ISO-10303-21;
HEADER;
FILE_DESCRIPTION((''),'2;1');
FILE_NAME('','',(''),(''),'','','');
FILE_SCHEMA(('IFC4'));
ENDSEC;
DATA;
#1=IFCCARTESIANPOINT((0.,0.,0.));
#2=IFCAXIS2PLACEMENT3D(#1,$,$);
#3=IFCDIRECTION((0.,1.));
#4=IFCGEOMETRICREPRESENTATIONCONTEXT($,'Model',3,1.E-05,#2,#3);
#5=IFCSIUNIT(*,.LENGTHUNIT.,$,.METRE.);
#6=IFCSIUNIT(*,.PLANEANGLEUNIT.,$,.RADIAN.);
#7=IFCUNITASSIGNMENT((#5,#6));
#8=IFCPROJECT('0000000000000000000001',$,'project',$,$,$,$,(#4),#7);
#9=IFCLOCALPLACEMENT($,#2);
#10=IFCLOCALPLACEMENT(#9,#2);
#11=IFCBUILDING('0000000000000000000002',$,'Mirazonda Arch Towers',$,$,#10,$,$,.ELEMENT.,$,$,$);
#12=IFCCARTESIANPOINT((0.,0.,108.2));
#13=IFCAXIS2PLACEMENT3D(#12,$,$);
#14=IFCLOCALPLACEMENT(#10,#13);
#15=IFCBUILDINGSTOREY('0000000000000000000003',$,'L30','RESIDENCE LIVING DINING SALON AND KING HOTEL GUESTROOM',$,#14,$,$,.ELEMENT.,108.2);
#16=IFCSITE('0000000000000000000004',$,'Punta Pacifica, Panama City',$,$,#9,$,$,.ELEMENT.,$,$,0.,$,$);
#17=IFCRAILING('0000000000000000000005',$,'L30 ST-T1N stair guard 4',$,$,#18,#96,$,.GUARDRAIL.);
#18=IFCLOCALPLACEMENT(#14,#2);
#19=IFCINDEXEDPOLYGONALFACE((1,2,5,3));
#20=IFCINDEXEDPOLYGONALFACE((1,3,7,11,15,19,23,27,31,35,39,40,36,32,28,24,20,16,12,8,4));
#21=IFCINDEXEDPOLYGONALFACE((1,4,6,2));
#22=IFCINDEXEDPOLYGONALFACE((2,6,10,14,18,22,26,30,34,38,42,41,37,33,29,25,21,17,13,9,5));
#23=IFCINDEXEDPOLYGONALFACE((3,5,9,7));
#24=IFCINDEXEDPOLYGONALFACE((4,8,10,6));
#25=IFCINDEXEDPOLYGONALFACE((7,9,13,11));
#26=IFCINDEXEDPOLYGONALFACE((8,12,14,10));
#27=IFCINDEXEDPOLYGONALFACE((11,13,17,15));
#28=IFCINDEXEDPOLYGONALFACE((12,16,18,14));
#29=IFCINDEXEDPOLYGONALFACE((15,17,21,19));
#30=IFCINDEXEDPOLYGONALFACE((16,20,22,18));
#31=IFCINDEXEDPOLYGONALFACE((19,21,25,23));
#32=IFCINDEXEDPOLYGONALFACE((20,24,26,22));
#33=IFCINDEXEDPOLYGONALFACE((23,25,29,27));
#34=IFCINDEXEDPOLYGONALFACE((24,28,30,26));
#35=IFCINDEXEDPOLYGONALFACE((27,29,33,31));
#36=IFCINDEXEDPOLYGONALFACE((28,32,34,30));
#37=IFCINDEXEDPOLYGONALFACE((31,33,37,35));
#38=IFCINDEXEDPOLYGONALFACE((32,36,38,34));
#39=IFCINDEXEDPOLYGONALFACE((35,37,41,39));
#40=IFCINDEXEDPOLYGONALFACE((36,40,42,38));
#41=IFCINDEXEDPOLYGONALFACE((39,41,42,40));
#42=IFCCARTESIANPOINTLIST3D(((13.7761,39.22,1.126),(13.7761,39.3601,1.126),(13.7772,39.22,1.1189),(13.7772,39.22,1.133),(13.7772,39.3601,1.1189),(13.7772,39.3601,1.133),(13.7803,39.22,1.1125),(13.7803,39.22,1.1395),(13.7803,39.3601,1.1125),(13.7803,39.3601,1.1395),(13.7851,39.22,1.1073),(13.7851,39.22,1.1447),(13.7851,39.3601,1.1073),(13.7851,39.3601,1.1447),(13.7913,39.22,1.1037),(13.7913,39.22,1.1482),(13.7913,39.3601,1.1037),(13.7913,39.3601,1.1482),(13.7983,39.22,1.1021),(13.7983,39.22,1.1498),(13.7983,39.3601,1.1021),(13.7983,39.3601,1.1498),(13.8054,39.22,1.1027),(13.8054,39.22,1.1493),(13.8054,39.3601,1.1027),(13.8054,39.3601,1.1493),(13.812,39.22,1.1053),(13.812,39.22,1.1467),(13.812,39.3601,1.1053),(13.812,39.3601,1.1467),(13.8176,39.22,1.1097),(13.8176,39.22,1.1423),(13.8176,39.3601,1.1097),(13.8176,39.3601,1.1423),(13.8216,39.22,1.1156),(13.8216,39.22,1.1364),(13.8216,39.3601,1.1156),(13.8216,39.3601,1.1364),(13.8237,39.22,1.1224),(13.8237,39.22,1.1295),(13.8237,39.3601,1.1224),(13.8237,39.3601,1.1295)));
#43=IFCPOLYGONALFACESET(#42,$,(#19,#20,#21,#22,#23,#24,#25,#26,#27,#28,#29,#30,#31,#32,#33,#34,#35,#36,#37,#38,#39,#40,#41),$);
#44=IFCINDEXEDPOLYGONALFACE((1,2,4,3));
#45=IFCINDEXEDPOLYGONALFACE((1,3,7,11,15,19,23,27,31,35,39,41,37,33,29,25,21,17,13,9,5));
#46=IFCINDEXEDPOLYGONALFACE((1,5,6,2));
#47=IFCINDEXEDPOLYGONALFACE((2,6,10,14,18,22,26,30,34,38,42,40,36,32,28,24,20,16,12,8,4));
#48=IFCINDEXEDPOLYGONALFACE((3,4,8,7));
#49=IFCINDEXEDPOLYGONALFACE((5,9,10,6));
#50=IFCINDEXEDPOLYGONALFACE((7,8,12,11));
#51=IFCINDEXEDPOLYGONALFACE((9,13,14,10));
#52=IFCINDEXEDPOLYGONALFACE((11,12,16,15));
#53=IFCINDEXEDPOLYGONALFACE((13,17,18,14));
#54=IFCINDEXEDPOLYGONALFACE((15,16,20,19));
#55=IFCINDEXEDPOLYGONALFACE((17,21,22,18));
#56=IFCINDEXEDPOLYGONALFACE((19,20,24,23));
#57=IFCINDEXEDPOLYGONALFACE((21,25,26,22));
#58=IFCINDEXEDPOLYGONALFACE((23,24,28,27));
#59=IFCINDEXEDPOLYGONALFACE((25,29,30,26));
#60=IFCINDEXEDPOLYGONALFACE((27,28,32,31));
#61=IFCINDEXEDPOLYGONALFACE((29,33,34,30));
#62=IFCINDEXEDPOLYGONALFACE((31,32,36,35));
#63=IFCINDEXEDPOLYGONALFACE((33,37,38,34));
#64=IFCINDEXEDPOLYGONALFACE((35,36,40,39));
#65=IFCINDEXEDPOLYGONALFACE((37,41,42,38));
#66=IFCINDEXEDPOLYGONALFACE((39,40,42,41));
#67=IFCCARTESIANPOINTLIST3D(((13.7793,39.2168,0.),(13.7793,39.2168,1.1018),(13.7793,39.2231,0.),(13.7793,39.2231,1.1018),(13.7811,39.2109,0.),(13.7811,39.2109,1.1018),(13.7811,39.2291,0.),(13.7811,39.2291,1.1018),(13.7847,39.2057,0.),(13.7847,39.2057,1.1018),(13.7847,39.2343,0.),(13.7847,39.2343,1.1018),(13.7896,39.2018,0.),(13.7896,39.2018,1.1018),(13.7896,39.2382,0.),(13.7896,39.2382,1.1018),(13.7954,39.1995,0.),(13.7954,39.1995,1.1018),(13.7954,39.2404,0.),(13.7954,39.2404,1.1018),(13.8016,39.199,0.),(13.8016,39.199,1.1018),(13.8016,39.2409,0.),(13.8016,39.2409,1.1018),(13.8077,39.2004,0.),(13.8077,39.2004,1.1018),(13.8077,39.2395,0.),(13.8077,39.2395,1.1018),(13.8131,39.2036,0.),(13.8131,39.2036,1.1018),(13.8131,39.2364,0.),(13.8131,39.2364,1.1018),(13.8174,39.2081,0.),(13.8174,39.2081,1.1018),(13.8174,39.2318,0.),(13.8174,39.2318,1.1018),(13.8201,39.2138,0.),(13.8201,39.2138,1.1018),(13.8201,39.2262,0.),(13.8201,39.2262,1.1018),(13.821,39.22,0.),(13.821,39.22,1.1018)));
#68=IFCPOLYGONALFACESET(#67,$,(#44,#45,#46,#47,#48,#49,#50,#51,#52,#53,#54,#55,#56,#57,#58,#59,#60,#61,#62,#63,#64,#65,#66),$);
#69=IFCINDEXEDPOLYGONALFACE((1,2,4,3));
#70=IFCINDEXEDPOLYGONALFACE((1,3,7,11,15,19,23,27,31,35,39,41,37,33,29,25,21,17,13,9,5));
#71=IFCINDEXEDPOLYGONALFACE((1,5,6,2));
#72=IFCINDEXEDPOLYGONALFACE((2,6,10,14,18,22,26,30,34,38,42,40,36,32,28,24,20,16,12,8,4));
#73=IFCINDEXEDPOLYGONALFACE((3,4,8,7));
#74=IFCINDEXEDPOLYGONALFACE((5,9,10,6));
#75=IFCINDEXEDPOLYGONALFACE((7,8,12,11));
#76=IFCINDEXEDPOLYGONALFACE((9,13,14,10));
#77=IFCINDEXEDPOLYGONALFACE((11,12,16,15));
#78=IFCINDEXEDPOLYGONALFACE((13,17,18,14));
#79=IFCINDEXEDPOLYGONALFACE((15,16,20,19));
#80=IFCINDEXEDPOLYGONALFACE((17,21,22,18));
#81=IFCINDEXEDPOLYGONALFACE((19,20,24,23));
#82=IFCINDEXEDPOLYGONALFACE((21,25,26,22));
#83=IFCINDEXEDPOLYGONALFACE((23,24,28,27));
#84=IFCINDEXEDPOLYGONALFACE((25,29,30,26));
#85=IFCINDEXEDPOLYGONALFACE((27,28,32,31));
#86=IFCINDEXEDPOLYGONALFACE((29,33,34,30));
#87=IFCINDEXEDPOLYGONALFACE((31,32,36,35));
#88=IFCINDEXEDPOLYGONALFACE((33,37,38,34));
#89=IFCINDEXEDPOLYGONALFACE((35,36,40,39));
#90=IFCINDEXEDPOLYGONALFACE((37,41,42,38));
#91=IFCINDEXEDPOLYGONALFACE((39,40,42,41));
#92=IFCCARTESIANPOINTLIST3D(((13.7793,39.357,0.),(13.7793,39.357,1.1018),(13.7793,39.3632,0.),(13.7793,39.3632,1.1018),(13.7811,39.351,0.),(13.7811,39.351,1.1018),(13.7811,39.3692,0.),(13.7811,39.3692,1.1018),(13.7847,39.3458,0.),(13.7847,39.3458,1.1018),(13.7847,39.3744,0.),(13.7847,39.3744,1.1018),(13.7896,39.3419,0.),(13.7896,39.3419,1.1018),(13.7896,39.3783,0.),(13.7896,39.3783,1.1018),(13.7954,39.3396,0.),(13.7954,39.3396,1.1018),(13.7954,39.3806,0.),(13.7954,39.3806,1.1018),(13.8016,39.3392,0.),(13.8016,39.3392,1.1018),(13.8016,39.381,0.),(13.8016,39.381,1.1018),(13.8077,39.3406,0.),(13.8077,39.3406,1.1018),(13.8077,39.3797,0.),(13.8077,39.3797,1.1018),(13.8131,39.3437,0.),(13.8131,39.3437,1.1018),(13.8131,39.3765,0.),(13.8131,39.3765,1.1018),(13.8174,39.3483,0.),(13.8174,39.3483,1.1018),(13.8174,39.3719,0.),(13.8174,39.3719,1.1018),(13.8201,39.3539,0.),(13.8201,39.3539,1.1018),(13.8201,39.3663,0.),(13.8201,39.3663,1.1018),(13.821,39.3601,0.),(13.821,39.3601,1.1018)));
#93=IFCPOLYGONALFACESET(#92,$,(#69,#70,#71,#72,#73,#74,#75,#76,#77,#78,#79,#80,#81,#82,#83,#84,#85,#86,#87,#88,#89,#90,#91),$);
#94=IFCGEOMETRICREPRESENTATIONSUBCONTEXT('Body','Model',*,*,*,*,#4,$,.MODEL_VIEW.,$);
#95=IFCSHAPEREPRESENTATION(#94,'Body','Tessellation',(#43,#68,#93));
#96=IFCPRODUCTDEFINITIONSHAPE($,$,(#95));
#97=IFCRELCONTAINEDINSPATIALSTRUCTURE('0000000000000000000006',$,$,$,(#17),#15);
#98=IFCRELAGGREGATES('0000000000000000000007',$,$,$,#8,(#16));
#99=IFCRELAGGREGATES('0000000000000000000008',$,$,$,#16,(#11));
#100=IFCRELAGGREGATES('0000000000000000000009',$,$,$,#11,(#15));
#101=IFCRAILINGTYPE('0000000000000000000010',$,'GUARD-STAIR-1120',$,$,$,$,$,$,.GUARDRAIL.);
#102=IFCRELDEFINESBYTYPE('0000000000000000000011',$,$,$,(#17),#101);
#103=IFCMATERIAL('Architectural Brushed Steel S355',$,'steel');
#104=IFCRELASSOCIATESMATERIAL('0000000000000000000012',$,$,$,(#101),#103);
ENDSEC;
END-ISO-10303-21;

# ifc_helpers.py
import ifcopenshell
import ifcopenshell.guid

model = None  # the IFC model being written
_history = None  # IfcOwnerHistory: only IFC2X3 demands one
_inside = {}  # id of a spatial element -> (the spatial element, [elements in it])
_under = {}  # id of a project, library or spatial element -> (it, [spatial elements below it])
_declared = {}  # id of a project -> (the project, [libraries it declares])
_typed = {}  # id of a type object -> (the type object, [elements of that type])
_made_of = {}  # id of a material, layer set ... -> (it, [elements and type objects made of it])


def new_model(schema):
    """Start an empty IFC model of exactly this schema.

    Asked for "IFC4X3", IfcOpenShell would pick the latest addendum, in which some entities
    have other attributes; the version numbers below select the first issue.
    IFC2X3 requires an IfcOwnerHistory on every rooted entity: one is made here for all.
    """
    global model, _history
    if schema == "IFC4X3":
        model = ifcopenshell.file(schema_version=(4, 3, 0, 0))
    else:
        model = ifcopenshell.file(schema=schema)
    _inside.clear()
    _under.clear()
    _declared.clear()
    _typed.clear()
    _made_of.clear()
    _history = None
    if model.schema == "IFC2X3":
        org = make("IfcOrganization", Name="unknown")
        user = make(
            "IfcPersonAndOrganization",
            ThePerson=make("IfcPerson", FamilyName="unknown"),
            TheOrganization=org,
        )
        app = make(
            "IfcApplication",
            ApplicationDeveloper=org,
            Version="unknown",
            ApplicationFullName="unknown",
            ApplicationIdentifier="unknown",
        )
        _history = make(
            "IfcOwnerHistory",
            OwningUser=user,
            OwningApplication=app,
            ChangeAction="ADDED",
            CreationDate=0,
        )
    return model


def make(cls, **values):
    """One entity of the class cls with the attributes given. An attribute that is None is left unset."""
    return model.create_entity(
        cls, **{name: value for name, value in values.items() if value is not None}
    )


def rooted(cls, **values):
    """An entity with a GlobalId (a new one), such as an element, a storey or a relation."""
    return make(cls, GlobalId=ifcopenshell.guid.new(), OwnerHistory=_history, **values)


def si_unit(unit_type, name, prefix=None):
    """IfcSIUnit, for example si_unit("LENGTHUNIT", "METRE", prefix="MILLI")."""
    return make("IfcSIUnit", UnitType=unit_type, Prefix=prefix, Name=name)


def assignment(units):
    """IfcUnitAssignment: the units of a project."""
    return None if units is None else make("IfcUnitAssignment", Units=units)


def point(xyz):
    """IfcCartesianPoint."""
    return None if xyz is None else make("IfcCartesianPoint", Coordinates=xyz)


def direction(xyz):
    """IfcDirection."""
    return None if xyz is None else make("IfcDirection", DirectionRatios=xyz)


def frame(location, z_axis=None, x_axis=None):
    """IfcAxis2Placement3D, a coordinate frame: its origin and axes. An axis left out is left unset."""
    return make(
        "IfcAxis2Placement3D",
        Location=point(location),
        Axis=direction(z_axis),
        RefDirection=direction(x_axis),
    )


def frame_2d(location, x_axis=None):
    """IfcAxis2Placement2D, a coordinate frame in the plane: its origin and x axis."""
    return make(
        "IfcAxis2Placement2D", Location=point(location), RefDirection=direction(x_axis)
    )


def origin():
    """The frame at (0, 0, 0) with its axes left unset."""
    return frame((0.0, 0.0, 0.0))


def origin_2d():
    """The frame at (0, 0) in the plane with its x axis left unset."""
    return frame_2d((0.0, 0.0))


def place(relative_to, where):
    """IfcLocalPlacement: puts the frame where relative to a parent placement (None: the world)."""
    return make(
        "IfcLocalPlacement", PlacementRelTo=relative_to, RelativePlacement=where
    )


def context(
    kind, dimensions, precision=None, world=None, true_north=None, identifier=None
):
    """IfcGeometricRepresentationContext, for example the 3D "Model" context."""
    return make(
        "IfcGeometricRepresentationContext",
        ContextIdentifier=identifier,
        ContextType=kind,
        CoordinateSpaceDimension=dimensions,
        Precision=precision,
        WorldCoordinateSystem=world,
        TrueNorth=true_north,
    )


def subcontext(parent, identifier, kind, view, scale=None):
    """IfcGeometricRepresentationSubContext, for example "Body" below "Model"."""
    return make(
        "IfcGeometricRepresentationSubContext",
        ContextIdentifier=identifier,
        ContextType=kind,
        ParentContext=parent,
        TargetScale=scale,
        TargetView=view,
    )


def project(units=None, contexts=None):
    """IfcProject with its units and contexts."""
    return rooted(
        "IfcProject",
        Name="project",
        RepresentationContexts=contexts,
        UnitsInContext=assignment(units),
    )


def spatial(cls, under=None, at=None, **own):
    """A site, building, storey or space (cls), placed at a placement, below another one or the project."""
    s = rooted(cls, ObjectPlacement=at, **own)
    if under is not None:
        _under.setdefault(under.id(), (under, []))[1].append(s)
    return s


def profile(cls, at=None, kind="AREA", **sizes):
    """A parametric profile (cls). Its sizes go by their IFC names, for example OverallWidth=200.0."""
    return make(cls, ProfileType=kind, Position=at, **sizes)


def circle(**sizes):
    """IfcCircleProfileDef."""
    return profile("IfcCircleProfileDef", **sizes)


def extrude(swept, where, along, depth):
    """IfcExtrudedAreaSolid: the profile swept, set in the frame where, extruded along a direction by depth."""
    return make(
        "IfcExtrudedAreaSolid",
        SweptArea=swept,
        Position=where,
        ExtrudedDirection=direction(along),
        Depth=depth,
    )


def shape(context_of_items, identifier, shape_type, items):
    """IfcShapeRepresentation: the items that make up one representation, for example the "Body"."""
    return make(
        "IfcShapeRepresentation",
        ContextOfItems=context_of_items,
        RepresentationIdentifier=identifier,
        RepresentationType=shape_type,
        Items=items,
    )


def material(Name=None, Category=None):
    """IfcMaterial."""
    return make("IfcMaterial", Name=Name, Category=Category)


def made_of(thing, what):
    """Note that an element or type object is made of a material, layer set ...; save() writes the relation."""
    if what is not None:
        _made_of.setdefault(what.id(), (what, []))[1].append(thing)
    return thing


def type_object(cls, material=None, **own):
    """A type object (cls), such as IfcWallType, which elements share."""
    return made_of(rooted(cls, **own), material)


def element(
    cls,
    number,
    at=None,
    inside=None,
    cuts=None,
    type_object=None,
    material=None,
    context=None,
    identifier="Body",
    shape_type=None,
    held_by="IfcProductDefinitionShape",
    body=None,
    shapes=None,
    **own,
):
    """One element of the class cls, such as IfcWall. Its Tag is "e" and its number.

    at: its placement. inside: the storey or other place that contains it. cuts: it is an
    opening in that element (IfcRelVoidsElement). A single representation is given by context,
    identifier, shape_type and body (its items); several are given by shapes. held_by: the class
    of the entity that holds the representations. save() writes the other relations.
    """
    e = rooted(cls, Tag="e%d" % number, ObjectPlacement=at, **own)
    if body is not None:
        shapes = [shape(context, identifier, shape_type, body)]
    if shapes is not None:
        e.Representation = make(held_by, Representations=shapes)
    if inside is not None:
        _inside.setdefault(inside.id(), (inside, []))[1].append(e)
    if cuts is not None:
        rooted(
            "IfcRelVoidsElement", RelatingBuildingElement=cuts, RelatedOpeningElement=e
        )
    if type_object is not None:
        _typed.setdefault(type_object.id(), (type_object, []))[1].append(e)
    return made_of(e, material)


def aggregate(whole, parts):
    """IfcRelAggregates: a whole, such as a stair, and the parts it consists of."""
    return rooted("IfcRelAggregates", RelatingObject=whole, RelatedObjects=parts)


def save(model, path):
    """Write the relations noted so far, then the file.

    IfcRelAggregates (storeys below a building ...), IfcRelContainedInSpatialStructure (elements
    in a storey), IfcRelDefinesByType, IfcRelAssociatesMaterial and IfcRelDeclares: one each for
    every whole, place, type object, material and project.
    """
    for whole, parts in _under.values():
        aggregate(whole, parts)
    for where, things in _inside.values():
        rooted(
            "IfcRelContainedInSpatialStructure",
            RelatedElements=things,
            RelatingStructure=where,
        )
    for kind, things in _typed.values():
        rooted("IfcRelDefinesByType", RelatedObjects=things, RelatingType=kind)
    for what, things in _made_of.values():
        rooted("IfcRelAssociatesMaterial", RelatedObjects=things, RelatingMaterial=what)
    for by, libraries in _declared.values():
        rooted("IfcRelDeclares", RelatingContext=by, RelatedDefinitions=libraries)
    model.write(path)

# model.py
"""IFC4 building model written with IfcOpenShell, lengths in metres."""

from ifc_helpers import new_model, si_unit, direction, frame, origin, origin_2d, place, context, subcontext, project, spatial, circle, extrude, material, type_object, element, save


model = new_model("IFC4")

# Units and contexts
model_context = context("Model", 3, precision=1e-05, world=origin(), true_north=direction((0.0, 1.0)))
body_context = subcontext(model_context, "Body", "Model", "MODEL_VIEW")
ifc_project = project(units=[si_unit("LENGTHUNIT", "METRE"), si_unit("PLANEANGLEUNIT", "RADIAN")], contexts=[model_context])

# Site, building, storey
site_placement = place(None, origin())
site = spatial("IfcSite", under=ifc_project, at=site_placement, Name="Punta Pacifica, Panama City", CompositionType="ELEMENT", RefElevation=0.0)
building_placement = place(site_placement, origin())
building = spatial("IfcBuilding", under=site, at=building_placement, Name="Mirazonda Arch Towers", CompositionType="ELEMENT")
storey_placement = place(building_placement, frame((0.0, 0.0, 108.2)))
storey = spatial("IfcBuildingStorey", under=building, at=storey_placement, Name="L30", Description="RESIDENCE LIVING DINING SALON AND KING HOTEL GUESTROOM", CompositionType="ELEMENT", Elevation=108.2)

# Shared definitions
ifc_material_1 = material(Name="Architectural Brushed Steel S355", Category="steel")

# Railing
railing_type_1 = type_object("IfcRailingType", Name="GUARD-STAIR-1120", PredefinedType="GUARDRAIL", material=ifc_material_1)
railing_1_placement = place(storey_placement, frame((13.8, 39.22, 0.0)))
element("IfcRailing", 1, at=railing_1_placement, inside=storey, type_object=railing_type_1, Name="L30 ST-T1N stair guard 4", PredefinedType="GUARDRAIL", context=body_context, shape_type="SweptSolid", body=[
    extrude(circle(Radius=0.0239, at=origin_2d()), frame((0.0, 0.0, 1.126), z_axis=(0.0, 1.0, 0.0), x_axis=(-1.0, 0.0, 0.0)), (0.0, 0.0, 1.0), 0.1401),
    extrude(circle(Radius=0.021, at=origin_2d()), origin(), (0.0, 0.0, 1.0), 1.1018),
    extrude(circle(Radius=0.021, at=origin_2d()), frame((0.0, 0.1401, 0.0)), (0.0, 0.0, 1.0), 1.1018),
])

save(model, "model.ifc")
